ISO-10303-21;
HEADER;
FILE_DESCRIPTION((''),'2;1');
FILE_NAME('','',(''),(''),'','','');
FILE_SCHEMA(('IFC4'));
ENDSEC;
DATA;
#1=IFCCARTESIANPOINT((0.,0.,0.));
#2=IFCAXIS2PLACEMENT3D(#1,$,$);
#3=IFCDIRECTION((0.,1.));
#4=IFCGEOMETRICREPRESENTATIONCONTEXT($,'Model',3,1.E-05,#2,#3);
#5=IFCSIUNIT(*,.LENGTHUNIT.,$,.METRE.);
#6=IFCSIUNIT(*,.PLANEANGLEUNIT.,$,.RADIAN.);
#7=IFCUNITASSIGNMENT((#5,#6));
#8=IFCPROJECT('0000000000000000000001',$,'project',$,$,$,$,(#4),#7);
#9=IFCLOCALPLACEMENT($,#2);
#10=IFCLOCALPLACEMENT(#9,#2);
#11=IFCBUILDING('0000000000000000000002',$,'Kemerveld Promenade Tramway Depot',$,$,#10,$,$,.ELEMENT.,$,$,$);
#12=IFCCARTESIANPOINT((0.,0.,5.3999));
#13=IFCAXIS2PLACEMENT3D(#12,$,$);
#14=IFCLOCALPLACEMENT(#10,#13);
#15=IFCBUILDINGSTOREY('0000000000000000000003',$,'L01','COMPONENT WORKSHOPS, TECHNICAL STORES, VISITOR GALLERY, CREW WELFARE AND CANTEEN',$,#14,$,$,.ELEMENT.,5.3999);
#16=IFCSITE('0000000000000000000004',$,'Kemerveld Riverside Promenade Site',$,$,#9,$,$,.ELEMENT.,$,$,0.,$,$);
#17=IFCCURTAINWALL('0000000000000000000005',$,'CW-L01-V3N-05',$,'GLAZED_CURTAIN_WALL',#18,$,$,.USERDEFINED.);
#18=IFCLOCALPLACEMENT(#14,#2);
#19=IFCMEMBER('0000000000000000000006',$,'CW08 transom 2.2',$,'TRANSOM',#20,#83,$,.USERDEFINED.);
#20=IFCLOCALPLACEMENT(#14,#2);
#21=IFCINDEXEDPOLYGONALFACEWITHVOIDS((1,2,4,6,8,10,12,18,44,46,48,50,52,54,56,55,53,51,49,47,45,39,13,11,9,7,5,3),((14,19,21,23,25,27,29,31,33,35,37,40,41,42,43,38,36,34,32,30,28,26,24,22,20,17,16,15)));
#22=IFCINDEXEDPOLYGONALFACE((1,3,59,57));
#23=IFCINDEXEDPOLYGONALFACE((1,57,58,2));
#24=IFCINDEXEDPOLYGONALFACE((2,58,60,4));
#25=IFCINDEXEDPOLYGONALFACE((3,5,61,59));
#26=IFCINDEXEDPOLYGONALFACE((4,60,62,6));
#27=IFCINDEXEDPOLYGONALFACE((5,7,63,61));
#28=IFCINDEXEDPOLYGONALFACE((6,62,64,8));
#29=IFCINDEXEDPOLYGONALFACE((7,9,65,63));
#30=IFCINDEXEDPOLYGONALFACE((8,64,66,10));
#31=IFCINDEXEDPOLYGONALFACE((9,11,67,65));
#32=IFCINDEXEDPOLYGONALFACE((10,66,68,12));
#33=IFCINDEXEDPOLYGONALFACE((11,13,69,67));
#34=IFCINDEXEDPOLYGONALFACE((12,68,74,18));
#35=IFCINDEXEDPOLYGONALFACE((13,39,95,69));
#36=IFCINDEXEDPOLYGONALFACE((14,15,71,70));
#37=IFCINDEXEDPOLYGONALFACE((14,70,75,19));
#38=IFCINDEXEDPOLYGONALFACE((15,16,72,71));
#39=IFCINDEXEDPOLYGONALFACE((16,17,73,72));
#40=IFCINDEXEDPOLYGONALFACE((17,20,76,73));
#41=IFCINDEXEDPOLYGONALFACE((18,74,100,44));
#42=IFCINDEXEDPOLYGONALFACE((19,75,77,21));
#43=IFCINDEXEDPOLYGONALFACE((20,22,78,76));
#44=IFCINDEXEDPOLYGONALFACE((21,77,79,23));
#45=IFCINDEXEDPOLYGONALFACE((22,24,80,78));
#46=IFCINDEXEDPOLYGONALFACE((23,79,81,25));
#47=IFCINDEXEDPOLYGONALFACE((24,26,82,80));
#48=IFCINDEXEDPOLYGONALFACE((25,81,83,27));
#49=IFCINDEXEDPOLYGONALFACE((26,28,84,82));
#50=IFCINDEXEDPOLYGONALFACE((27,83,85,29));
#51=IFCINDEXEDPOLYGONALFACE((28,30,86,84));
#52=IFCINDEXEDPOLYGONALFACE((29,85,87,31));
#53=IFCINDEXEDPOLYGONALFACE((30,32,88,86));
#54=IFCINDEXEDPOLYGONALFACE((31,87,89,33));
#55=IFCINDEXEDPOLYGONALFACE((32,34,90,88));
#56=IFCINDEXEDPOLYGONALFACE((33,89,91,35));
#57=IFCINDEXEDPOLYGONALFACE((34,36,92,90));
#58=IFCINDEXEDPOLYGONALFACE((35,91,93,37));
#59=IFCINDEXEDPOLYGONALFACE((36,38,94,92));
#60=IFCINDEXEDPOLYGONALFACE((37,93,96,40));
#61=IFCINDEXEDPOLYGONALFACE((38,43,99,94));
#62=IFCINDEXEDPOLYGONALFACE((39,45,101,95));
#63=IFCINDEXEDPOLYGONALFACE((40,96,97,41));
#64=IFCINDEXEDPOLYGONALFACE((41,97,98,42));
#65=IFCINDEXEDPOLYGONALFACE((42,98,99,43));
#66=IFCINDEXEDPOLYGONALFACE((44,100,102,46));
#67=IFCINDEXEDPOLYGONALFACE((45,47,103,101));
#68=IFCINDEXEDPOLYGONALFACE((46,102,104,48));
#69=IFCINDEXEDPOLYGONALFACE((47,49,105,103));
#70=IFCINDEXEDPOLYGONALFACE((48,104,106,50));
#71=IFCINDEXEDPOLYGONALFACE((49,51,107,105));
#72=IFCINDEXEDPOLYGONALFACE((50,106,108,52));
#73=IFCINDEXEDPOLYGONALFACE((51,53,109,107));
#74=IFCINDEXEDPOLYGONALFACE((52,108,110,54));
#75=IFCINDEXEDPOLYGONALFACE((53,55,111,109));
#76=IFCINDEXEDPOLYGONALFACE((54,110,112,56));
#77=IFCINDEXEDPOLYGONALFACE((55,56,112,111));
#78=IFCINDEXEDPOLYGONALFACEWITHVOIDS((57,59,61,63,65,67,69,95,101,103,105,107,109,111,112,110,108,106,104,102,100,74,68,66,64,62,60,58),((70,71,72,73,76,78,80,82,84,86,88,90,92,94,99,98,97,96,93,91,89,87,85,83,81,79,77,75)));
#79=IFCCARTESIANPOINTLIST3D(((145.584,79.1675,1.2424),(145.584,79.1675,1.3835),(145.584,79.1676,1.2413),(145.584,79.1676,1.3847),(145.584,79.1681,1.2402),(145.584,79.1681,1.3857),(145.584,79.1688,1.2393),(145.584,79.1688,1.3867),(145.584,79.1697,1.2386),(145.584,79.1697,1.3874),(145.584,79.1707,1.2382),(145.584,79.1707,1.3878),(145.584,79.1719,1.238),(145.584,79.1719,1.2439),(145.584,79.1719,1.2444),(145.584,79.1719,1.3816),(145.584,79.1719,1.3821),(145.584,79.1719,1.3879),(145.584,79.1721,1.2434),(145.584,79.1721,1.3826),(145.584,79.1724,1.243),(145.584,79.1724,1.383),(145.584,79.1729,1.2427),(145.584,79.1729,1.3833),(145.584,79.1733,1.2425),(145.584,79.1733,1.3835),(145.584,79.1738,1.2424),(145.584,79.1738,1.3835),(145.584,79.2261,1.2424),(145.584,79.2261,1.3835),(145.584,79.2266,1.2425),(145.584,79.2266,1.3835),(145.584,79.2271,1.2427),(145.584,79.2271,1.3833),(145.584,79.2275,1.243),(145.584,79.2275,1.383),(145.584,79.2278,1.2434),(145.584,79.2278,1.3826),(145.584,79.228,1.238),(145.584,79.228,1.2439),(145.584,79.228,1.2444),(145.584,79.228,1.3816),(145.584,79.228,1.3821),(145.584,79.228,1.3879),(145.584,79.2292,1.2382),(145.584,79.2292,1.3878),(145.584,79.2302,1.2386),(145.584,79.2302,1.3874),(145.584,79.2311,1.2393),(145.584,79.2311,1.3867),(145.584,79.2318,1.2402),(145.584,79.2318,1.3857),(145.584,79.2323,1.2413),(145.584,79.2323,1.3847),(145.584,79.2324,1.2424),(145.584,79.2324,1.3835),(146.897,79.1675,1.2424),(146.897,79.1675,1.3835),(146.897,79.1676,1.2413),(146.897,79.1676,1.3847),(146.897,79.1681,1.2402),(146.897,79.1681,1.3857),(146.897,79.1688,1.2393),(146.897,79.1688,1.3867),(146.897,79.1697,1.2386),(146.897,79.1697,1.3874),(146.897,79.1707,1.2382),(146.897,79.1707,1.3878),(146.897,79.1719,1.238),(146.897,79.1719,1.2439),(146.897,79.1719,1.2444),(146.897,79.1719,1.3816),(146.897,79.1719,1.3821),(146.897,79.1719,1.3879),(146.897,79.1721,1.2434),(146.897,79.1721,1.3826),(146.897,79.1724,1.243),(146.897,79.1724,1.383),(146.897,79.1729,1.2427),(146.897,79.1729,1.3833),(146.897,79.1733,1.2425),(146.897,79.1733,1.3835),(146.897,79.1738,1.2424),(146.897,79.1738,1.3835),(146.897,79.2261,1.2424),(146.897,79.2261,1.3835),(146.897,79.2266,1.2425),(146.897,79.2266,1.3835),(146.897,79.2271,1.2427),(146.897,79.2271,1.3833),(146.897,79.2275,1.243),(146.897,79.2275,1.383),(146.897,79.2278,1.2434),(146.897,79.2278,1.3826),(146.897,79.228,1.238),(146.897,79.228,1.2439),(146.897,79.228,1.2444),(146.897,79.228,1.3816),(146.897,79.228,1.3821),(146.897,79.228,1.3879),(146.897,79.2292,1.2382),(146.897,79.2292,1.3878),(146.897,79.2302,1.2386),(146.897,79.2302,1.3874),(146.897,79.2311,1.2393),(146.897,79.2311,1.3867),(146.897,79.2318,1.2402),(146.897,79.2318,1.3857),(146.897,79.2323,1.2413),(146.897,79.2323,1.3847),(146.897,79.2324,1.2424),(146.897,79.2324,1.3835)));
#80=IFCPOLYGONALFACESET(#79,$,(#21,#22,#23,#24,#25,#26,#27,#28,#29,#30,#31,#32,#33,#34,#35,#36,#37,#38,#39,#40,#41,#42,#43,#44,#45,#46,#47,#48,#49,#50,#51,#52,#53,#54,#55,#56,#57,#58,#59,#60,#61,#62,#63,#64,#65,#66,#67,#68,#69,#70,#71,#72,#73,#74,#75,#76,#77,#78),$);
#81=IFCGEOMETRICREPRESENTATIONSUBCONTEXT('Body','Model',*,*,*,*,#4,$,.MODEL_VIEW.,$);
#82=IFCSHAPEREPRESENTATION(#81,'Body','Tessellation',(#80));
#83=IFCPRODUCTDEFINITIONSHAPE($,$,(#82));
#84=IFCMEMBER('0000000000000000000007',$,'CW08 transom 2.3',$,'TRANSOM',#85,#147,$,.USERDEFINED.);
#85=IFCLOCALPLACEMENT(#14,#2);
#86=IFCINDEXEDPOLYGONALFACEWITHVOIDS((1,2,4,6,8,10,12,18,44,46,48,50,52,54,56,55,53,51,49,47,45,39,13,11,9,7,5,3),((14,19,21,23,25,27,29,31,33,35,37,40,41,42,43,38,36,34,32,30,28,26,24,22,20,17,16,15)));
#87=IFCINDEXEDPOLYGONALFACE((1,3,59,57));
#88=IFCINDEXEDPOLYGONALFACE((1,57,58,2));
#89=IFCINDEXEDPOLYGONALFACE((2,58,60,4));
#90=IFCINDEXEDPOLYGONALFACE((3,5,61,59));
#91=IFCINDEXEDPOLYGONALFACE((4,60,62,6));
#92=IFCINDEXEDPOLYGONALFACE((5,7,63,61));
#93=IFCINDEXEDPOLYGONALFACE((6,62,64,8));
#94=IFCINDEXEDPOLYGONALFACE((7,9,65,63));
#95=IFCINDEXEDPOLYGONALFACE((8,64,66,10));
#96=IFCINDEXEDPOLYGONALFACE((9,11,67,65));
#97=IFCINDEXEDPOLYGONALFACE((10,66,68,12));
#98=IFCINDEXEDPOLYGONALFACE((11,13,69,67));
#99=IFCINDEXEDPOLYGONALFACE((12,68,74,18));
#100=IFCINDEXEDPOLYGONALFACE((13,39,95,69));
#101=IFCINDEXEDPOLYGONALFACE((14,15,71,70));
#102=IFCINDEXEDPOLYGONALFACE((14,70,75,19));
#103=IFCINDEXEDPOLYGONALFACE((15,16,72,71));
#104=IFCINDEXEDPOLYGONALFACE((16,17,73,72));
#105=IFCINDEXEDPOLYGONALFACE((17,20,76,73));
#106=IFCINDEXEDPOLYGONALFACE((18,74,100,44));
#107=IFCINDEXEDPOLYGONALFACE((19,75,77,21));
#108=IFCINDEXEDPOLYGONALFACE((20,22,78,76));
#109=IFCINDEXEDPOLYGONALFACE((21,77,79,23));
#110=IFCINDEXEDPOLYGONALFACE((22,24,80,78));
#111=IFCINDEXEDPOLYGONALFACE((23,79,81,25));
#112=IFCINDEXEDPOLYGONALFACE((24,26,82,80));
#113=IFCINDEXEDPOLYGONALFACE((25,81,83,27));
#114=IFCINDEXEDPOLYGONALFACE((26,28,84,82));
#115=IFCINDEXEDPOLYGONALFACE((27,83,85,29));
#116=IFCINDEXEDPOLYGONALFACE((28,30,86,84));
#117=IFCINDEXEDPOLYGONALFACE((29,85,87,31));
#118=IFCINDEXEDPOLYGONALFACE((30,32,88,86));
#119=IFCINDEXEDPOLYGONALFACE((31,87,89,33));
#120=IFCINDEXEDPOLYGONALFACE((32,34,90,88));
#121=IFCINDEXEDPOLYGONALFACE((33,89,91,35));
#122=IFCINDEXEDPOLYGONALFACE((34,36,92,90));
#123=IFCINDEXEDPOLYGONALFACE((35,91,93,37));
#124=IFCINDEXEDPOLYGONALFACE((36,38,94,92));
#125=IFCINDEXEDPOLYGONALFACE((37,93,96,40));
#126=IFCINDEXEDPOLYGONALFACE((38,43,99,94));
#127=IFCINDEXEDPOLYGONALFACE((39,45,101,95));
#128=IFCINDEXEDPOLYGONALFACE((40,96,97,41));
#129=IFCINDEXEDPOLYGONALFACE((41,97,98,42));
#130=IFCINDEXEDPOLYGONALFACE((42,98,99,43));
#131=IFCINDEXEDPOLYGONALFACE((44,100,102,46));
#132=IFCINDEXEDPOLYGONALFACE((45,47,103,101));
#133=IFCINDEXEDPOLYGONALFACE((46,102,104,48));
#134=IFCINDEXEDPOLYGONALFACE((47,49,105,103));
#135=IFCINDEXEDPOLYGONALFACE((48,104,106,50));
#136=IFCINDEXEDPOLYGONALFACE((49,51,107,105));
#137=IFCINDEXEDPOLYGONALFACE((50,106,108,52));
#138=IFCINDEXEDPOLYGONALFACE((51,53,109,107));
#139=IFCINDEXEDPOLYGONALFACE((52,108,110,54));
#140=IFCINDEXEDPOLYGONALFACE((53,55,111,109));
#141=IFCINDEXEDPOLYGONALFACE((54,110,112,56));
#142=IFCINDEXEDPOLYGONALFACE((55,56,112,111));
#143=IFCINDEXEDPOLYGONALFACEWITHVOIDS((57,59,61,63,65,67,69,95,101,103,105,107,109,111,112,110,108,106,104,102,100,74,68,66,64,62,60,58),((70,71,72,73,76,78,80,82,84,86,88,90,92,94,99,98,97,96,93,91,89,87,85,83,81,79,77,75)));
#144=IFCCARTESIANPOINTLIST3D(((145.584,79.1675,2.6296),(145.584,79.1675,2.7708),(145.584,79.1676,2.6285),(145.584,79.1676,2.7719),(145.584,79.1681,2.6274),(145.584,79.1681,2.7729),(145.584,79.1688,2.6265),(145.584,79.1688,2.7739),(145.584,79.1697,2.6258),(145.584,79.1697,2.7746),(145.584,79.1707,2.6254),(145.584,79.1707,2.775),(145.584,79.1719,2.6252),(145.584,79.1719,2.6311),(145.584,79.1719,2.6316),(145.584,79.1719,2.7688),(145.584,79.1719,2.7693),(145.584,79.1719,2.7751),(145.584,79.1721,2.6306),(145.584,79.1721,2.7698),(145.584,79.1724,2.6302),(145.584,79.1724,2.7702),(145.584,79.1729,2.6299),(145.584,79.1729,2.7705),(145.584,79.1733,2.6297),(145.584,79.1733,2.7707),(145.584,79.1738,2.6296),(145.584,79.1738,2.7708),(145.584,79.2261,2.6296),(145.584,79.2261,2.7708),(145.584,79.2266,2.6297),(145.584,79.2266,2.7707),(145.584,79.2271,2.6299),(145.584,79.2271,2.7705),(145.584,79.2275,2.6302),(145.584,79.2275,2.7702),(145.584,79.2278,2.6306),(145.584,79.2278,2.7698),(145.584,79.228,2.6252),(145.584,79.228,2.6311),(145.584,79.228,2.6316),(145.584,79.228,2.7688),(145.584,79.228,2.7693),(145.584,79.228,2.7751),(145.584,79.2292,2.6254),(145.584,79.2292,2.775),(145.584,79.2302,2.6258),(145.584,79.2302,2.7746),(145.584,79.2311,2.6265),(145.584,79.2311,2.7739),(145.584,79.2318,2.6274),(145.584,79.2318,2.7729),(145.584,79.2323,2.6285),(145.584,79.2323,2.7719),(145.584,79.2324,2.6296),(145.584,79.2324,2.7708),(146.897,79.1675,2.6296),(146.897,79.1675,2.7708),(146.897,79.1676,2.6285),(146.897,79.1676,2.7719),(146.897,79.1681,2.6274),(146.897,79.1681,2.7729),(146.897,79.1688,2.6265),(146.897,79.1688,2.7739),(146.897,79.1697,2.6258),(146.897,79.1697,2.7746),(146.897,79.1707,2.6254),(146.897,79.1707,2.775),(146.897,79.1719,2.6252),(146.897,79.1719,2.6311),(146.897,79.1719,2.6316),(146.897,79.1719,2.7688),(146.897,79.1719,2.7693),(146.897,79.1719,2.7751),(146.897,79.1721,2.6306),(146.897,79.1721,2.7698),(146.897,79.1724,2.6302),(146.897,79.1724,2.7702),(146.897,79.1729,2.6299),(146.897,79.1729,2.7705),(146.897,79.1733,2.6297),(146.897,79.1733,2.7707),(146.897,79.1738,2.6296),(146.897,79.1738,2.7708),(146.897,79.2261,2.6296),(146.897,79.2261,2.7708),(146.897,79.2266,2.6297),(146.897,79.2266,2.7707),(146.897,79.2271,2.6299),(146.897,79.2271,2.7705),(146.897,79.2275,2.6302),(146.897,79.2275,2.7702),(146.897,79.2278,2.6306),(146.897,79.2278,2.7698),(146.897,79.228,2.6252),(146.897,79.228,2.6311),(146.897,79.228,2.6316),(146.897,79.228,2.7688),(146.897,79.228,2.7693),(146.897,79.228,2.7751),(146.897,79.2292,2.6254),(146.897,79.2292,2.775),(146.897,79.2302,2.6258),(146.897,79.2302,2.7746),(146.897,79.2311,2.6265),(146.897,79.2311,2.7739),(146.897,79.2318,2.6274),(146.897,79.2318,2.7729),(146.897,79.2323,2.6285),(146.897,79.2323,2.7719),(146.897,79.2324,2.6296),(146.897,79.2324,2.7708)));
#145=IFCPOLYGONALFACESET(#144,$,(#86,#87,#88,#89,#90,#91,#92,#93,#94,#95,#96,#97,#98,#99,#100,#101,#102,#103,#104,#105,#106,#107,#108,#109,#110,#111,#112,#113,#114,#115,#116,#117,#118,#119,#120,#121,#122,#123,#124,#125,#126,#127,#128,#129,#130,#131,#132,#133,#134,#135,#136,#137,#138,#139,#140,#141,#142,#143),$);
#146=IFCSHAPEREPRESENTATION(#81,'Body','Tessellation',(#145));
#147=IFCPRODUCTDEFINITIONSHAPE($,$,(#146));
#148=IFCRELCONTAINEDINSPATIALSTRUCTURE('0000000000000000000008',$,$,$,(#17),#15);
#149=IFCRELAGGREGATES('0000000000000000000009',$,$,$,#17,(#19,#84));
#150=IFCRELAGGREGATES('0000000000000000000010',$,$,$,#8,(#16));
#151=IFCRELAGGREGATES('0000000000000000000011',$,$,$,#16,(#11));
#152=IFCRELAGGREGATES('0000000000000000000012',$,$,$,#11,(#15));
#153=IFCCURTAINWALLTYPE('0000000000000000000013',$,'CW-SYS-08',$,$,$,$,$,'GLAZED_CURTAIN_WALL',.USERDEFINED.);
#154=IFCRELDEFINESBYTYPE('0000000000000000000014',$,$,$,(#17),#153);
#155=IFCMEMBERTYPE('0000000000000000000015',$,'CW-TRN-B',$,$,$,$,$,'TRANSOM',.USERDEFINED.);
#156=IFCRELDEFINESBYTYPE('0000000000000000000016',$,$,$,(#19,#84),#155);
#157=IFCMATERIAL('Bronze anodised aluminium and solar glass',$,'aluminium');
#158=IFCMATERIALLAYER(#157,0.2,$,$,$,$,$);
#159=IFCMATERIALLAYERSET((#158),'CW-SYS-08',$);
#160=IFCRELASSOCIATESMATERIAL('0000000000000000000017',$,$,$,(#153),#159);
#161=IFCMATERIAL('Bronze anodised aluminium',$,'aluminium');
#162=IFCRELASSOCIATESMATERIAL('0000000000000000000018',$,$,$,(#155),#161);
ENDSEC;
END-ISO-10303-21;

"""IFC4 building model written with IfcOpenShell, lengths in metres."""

from ifc_helpers import new_model, si_unit, direction, frame, origin, origin_2d, place, context, subcontext, project, spatial, hollow_rectangle, extrude, material, layer, layer_set, material_profile, profile_set, type_object, element, aggregate, save


model = new_model("IFC4")

# Units and contexts
model_context = context("Model", 3, precision=1e-05, world=origin(), true_north=direction((0.0, 1.0)))
body_context = subcontext(model_context, "Body", "Model", "MODEL_VIEW")
ifc_project = project(units=[si_unit("LENGTHUNIT", "METRE"), si_unit("PLANEANGLEUNIT", "RADIAN")], contexts=[model_context])

# Site, building, storey
site_placement = place(None, origin())
site = spatial("IfcSite", under=ifc_project, at=site_placement, Name="Kemerveld Riverside Promenade Site", CompositionType="ELEMENT", RefElevation=0.0)
building_placement = place(site_placement, origin())
building = spatial("IfcBuilding", under=site, at=building_placement, Name="Kemerveld Promenade Tramway Depot", CompositionType="ELEMENT")
storey_placement = place(building_placement, frame((0.0, 0.0, 5.3999)))
storey = spatial("IfcBuildingStorey", under=building, at=storey_placement, Name="L01", Description="COMPONENT WORKSHOPS, TECHNICAL STORES, VISITOR GALLERY, CREW WELFARE AND CANTEEN", CompositionType="ELEMENT", Elevation=5.3999)

# Curtain wall, members
ifc_material_1 = material(Name="Bronze anodised aluminium and solar glass", Category="aluminium")
ifc_layer_1 = layer(ifc_material_1, 0.2)
ifc_layer_set_1 = layer_set([ifc_layer_1], Name="CW-SYS-08")
curtain_wall_type = type_object("IfcCurtainWallType", Name="CW-SYS-08", ElementType="GLAZED_CURTAIN_WALL", PredefinedType="USERDEFINED", material=ifc_layer_set_1)
curtain_wall_placement = place(storey_placement, origin())
curtain_wall = element("IfcCurtainWall", 1, at=curtain_wall_placement, inside=storey, type_object=curtain_wall_type, Name="CW-L01-V3N-05", ObjectType="GLAZED_CURTAIN_WALL", PredefinedType="USERDEFINED")
ifc_material_2 = material(Name="Bronze anodised aluminium", Category="aluminium")
ifc_material_profile_1 = material_profile(ifc_material_2, hollow_rectangle(XDim=0.0649, YDim=0.1499, WallThickness=0.0044, InnerFilletRadius=0.002, OuterFilletRadius=0.0044, at=origin_2d()), Name="CW-TRN-150x65")
ifc_profile_set_1 = profile_set([ifc_material_profile_1], Name="Bronze anodised aluminium")
member_type_1 = type_object("IfcMemberType", Name="CW-TRN-B", ElementType="TRANSOM", PredefinedType="USERDEFINED", material=ifc_profile_set_1)
member_1_placement = place(storey_placement, frame((145.584, 79.2, 1.313), z_axis=(1.0, 0.0, 0.0), x_axis=(0.0, 1.0, 0.0)))
member_1 = element("IfcMember", 2, at=member_1_placement, type_object=member_type_1, Name="CW08 transom 2.2", ObjectType="TRANSOM", PredefinedType="USERDEFINED", context=body_context, shape_type="SweptSolid", body=[
    extrude(hollow_rectangle(XDim=0.0649, YDim=0.1499, WallThickness=0.0044, InnerFilletRadius=0.002, OuterFilletRadius=0.0044, at=origin_2d()), origin(), (0.0, 0.0, 1.0), 1.313),
])
member_2_placement = place(storey_placement, frame((145.584, 79.2, 2.7002), z_axis=(1.0, 0.0, 0.0), x_axis=(0.0, 1.0, 0.0)))
member_2 = element("IfcMember", 3, at=member_2_placement, type_object=member_type_1, Name="CW08 transom 2.3", ObjectType="TRANSOM", PredefinedType="USERDEFINED", context=body_context, shape_type="SweptSolid", body=[
    extrude(hollow_rectangle(XDim=0.0649, YDim=0.1499, WallThickness=0.0044, InnerFilletRadius=0.002, OuterFilletRadius=0.0044, at=origin_2d()), origin(), (0.0, 0.0, 1.0), 1.313),
])
aggregate(curtain_wall, [member_1, member_2])

save(model, "model.ifc")
